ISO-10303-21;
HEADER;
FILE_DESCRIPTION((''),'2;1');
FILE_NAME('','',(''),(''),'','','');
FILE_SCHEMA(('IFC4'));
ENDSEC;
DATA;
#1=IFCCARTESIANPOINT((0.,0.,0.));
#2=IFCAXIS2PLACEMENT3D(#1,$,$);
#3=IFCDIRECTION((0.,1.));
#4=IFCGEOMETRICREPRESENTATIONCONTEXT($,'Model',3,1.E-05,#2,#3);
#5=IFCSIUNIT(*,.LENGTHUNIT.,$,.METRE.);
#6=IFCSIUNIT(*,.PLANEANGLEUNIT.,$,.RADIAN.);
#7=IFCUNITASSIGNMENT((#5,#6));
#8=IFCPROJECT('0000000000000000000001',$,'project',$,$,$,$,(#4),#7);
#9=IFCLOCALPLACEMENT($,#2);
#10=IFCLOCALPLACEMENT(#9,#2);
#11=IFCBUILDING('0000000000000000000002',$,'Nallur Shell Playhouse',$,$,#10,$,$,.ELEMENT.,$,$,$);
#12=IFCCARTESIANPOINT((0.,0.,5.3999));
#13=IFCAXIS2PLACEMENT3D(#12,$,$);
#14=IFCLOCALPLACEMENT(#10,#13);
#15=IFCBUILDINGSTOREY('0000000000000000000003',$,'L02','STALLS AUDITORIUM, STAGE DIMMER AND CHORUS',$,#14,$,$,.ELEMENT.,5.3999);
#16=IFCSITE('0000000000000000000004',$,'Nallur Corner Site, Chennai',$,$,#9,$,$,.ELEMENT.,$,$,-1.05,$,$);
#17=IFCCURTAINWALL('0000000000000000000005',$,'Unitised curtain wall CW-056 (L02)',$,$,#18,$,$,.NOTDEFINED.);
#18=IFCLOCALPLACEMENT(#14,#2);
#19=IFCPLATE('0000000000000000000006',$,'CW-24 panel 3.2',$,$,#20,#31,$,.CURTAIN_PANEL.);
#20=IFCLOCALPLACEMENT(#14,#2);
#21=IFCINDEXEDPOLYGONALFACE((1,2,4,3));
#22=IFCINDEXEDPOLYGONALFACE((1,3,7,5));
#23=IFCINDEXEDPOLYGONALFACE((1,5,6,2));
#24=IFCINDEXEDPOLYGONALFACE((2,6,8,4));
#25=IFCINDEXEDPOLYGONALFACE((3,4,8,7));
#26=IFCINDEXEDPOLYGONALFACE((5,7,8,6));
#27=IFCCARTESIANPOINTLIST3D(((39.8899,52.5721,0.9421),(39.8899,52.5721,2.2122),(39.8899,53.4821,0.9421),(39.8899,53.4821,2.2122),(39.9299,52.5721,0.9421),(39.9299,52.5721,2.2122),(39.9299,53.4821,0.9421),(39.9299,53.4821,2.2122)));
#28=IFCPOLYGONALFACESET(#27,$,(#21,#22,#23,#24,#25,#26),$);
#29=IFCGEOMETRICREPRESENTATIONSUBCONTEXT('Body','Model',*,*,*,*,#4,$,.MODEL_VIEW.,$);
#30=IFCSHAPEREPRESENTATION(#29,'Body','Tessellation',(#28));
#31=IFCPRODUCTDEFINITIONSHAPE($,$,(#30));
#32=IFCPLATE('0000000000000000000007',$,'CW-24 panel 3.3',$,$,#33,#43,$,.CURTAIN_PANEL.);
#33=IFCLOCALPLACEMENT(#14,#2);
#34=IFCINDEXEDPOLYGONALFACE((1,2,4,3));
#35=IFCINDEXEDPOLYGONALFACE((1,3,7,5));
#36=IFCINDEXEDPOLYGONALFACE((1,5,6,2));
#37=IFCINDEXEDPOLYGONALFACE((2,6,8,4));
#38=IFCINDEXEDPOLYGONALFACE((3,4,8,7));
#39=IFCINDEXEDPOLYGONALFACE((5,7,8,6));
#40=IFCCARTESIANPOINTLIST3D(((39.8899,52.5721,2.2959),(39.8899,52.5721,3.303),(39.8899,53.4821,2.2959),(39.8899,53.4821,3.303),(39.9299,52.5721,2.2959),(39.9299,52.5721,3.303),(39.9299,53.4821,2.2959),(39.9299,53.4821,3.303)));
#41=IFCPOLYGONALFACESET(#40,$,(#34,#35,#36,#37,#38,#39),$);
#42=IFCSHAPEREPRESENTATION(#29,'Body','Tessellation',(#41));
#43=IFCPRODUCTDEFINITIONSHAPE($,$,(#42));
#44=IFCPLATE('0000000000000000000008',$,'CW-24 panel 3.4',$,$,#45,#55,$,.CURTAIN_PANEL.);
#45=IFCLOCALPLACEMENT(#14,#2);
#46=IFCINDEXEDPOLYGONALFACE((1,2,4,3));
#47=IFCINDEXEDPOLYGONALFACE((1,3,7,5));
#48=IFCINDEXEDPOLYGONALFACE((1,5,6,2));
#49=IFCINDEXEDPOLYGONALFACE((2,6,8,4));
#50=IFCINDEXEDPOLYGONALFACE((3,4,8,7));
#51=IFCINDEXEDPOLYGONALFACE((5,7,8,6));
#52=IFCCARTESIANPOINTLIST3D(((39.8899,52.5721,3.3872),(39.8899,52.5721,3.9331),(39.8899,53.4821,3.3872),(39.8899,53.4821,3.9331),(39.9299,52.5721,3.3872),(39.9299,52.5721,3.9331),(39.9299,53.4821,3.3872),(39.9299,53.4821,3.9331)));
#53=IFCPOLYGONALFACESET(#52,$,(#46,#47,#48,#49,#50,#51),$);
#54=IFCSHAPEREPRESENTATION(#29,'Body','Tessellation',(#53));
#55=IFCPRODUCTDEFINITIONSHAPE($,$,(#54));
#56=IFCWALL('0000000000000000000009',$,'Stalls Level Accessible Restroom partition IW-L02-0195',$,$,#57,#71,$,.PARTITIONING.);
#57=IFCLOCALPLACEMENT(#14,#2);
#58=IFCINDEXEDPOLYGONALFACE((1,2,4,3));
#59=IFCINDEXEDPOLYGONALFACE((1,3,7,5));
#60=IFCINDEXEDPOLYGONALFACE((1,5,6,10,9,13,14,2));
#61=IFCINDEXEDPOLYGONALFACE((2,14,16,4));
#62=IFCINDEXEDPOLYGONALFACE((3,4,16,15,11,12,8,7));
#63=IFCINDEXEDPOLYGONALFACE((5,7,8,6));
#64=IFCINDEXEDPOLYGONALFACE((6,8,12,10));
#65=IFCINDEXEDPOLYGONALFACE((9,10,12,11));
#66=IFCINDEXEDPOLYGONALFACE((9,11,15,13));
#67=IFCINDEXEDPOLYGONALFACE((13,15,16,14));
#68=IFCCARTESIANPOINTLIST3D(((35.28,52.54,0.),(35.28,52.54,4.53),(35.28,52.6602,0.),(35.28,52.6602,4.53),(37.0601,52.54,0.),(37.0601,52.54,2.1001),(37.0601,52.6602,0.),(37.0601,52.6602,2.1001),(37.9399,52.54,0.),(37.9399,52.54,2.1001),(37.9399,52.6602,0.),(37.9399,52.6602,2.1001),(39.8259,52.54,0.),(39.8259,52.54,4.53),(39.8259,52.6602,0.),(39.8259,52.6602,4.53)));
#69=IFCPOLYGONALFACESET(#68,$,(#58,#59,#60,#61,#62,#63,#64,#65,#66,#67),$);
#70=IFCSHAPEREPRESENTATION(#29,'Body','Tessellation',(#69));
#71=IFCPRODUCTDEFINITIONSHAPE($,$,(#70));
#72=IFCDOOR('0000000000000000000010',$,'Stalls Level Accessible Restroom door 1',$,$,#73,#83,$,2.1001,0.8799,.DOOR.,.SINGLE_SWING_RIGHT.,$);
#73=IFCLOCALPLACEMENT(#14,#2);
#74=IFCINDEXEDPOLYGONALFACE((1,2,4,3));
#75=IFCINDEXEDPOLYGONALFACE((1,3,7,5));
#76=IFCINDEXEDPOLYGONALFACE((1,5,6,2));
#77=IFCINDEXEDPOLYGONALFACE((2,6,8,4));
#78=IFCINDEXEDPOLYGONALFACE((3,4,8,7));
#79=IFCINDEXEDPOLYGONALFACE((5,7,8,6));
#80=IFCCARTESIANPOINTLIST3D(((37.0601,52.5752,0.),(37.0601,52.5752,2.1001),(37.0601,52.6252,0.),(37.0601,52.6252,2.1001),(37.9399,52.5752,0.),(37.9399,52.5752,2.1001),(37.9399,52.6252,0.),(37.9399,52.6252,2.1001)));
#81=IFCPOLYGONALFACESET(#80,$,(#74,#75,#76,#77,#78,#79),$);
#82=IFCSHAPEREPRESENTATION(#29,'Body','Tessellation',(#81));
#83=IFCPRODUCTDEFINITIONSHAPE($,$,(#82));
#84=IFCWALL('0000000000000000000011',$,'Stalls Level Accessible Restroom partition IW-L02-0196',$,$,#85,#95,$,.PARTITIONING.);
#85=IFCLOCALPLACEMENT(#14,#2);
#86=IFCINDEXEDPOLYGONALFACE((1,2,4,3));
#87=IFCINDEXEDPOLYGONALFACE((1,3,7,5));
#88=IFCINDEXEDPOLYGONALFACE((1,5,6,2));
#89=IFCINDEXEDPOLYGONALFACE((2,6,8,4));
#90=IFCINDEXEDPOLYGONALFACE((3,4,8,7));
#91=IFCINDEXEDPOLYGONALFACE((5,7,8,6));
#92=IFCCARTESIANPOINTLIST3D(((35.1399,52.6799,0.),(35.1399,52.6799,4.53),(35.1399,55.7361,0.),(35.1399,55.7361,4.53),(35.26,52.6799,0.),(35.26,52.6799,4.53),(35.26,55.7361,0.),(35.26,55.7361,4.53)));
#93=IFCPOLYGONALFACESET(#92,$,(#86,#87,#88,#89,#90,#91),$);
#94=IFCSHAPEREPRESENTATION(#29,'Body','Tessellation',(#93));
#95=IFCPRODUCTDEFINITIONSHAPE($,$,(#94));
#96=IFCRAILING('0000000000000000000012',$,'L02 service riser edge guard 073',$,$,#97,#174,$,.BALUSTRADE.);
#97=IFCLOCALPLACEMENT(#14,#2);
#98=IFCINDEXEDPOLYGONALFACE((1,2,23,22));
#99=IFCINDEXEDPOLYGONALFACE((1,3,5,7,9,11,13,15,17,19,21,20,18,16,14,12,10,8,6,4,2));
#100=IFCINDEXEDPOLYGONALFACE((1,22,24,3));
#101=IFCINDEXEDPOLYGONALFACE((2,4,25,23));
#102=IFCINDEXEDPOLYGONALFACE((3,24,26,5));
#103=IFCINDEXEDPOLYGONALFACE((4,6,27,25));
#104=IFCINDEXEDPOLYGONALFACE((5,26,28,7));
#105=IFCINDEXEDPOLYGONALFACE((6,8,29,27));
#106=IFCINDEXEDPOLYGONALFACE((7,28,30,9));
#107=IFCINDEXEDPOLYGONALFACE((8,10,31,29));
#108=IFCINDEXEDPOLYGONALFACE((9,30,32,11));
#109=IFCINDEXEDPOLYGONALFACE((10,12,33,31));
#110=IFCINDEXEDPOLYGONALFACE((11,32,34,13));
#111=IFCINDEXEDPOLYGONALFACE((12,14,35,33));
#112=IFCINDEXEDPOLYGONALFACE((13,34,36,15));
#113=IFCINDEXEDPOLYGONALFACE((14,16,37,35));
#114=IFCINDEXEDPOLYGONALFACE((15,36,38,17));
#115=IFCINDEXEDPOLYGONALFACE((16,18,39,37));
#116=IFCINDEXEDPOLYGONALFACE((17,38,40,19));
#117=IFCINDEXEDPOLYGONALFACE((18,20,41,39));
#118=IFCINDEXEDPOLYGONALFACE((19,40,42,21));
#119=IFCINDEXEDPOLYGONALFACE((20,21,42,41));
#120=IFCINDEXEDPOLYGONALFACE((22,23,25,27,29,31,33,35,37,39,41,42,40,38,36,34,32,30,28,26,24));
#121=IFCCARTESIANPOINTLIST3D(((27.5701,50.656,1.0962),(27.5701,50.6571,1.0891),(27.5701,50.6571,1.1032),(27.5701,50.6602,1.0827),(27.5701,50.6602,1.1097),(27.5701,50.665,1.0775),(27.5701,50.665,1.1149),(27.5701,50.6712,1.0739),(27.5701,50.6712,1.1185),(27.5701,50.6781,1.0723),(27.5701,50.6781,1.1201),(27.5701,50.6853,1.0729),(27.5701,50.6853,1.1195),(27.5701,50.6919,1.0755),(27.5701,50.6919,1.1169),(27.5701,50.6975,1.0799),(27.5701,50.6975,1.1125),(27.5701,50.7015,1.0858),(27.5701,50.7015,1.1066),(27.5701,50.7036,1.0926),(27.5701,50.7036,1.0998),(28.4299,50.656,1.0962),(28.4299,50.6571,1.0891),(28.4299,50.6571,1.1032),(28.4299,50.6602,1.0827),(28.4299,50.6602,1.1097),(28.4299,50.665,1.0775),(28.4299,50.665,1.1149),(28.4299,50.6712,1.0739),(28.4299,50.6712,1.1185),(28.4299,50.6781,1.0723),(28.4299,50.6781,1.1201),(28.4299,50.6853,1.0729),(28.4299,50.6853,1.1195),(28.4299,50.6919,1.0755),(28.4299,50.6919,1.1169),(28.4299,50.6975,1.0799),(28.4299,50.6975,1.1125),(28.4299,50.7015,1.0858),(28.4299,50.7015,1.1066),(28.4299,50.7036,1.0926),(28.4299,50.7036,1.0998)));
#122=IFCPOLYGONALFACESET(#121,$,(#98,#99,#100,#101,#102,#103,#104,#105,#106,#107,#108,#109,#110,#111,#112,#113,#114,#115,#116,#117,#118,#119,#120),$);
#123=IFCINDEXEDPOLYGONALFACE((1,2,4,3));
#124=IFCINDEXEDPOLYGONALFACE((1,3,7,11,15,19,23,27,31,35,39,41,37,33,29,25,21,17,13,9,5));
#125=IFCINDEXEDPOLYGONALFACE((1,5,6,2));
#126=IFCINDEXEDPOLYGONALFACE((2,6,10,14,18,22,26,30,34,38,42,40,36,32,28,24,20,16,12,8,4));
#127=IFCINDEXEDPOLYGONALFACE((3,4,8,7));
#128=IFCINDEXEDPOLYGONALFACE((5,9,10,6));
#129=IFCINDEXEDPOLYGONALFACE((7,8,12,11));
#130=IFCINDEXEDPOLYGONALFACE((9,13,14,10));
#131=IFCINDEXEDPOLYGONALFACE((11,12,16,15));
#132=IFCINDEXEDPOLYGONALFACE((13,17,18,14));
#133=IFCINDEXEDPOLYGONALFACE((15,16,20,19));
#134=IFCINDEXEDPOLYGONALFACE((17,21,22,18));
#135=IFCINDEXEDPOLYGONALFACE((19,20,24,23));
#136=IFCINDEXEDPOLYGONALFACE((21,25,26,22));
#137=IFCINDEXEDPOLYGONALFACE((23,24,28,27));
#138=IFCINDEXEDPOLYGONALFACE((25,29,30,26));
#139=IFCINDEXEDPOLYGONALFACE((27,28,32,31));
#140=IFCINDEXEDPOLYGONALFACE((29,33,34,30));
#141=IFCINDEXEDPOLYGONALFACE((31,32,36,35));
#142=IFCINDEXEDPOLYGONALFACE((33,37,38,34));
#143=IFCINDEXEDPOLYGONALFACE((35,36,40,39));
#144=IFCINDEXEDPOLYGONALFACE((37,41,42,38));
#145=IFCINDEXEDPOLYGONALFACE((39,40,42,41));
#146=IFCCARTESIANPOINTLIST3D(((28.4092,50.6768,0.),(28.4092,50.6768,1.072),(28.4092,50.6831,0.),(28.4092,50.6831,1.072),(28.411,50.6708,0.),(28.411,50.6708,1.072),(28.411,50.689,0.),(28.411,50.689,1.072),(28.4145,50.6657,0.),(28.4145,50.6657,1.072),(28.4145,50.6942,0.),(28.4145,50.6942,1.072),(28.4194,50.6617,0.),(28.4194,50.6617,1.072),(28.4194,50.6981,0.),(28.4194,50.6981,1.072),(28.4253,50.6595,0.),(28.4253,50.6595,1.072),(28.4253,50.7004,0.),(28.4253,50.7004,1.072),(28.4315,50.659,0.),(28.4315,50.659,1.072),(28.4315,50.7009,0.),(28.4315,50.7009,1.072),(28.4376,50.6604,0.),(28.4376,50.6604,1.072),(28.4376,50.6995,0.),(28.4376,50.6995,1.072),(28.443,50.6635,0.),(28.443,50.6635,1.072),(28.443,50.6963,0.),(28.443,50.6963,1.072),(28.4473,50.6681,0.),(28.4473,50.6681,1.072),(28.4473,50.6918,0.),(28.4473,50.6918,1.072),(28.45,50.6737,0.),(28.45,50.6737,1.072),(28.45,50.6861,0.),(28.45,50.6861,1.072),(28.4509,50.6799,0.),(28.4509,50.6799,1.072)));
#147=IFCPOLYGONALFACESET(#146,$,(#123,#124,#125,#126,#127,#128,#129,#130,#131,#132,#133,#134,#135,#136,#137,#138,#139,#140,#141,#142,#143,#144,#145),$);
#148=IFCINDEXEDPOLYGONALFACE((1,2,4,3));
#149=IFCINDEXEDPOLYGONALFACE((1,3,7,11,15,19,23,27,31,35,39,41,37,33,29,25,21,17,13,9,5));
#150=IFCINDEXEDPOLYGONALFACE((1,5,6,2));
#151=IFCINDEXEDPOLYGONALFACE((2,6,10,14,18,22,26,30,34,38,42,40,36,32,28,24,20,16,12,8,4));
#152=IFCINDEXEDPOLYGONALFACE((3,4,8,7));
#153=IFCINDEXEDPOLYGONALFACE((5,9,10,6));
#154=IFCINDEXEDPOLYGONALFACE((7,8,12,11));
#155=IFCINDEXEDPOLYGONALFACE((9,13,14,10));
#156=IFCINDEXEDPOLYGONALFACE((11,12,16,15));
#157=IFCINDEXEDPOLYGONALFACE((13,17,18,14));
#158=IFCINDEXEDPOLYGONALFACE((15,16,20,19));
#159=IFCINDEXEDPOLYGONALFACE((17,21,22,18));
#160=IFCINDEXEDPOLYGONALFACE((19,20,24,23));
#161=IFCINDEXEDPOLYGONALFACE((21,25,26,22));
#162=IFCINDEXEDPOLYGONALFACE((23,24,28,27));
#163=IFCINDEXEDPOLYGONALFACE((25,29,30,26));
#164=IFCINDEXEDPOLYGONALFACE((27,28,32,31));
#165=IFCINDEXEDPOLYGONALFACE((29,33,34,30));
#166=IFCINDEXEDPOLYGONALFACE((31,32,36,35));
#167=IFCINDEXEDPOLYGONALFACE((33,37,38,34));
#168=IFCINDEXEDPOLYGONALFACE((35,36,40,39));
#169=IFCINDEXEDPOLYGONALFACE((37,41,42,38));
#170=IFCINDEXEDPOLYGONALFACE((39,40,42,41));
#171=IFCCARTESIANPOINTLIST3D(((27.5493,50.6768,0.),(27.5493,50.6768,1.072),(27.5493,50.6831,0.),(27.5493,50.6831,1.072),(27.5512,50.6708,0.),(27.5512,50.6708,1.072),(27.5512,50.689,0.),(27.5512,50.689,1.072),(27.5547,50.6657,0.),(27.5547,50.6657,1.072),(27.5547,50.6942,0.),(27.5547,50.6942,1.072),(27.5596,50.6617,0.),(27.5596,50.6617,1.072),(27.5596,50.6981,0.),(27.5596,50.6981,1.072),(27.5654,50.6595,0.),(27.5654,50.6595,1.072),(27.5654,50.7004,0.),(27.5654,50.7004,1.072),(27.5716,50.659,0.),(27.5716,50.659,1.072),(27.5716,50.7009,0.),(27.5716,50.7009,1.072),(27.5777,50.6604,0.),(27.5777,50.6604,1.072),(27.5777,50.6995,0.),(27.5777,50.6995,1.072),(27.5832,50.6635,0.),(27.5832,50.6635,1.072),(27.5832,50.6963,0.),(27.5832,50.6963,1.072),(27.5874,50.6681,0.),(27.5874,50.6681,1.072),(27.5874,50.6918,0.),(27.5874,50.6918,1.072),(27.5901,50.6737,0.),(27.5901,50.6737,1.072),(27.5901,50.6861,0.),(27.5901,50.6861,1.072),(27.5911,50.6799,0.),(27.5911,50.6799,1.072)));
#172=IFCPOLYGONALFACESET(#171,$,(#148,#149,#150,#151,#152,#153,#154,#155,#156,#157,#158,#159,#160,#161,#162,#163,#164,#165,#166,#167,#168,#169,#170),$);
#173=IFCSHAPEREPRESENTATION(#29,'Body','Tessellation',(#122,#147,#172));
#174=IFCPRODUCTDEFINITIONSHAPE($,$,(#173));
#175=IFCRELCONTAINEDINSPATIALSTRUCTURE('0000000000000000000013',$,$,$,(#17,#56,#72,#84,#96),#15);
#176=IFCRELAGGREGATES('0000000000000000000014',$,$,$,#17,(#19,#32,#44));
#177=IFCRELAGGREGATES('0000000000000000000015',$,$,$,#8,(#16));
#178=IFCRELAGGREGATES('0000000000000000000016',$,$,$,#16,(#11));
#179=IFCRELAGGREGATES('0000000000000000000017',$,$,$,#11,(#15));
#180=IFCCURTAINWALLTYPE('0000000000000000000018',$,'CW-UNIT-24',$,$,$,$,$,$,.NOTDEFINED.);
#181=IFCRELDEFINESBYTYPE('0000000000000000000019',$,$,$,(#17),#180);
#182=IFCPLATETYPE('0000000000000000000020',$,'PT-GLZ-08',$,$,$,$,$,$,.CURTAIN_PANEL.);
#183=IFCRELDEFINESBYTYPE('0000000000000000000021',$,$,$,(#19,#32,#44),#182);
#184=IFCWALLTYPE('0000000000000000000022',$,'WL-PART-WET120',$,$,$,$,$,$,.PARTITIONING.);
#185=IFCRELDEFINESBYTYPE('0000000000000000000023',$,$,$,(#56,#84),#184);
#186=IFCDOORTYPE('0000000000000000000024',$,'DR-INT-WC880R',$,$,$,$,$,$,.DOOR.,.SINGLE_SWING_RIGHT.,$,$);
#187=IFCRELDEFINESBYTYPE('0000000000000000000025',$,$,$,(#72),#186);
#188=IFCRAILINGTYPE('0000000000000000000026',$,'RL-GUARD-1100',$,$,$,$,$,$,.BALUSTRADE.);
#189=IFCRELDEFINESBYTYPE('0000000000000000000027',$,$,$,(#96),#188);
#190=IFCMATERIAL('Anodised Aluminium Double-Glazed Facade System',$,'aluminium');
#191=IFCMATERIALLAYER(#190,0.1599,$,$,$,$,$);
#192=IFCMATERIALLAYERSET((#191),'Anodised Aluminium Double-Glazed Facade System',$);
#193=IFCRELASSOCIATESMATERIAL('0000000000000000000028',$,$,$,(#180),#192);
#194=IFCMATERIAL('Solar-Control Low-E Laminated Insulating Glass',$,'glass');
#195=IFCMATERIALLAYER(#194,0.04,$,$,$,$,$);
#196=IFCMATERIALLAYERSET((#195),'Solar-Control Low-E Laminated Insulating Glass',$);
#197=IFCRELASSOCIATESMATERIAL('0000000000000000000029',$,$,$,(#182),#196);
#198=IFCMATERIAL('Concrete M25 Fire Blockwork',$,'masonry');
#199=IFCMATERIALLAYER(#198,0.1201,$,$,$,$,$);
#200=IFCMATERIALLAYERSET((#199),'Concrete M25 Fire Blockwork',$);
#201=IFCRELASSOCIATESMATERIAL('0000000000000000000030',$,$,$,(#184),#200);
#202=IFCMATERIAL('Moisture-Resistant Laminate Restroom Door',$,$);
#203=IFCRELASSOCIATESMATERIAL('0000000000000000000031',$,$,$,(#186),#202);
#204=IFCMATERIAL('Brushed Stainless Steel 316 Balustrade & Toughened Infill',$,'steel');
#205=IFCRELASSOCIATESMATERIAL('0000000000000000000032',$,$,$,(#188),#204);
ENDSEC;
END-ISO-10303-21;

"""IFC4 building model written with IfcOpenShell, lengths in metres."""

from ifc_helpers import new_model, si_unit, direction, frame, frame_2d, origin, origin_2d, place, context, subcontext, project, spatial, rectangle, circle, extrude, material, layer, layer_set, type_object, element, fill, aggregate, save


model = new_model("IFC4")

# Units and contexts
model_context = context("Model", 3, precision=1e-05, world=origin(), true_north=direction((0.0, 1.0)))
body_context = subcontext(model_context, "Body", "Model", "MODEL_VIEW")
ifc_project = project(units=[si_unit("LENGTHUNIT", "METRE"), si_unit("PLANEANGLEUNIT", "RADIAN")], contexts=[model_context])

# Site, building, storey
site_placement = place(None, origin())
site = spatial("IfcSite", under=ifc_project, at=site_placement, Name="Nallur Corner Site, Chennai", CompositionType="ELEMENT", RefElevation=-1.05)
building_placement = place(site_placement, origin())
building = spatial("IfcBuilding", under=site, at=building_placement, Name="Nallur Shell Playhouse", CompositionType="ELEMENT")
storey_placement = place(building_placement, frame((0.0, 0.0, 5.3999)))
storey = spatial("IfcBuildingStorey", under=building, at=storey_placement, Name="L02", Description="STALLS AUDITORIUM, STAGE DIMMER AND CHORUS", CompositionType="ELEMENT", Elevation=5.3999)

# Curtain wall, plates
ifc_material_1 = material(Name="Anodised Aluminium Double-Glazed Facade System", Category="aluminium")
ifc_layer_1 = layer(ifc_material_1, 0.1599)
ifc_layer_set_1 = layer_set([ifc_layer_1], Name="Anodised Aluminium Double-Glazed Facade System")
curtain_wall_type = type_object("IfcCurtainWallType", Name="CW-UNIT-24", PredefinedType="NOTDEFINED", material=ifc_layer_set_1)
curtain_wall_placement = place(storey_placement, origin())
curtain_wall = element("IfcCurtainWall", 1, at=curtain_wall_placement, inside=storey, type_object=curtain_wall_type, Name="Unitised curtain wall CW-056 (L02)", PredefinedType="NOTDEFINED")
ifc_material_2 = material(Name="Solar-Control Low-E Laminated Insulating Glass", Category="glass")
ifc_layer_2 = layer(ifc_material_2, 0.04)
ifc_layer_set_2 = layer_set([ifc_layer_2], Name="Solar-Control Low-E Laminated Insulating Glass")
plate_type = type_object("IfcPlateType", Name="PT-GLZ-08", PredefinedType="CURTAIN_PANEL", material=ifc_layer_set_2)
plate_1_placement = place(storey_placement, frame((39.9099, 53.0271, 0.9421), z_axis=(0.0, 0.0, 1.0), x_axis=(0.0, -1.0, 0.0)))
plate_1 = element("IfcPlate", 2, at=plate_1_placement, type_object=plate_type, Name="CW-24 panel 3.2", PredefinedType="CURTAIN_PANEL", context=body_context, shape_type="SweptSolid", body=[
    extrude(rectangle(XDim=0.9099, YDim=0.04, at=origin_2d()), origin(), (0.0, 0.0, 1.0), 1.27),
])
plate_2_placement = place(storey_placement, frame((39.9099, 53.0271, 2.2959), z_axis=(0.0, 0.0, 1.0), x_axis=(0.0, -1.0, 0.0)))
plate_2 = element("IfcPlate", 3, at=plate_2_placement, type_object=plate_type, Name="CW-24 panel 3.3", PredefinedType="CURTAIN_PANEL", context=body_context, shape_type="SweptSolid", body=[
    extrude(rectangle(XDim=0.9099, YDim=0.04, at=origin_2d()), origin(), (0.0, 0.0, 1.0), 1.0071),
])
plate_3_placement = place(storey_placement, frame((39.9099, 53.0271, 3.3872), z_axis=(0.0, 0.0, 1.0), x_axis=(0.0, -1.0, 0.0)))
plate_3 = element("IfcPlate", 4, at=plate_3_placement, type_object=plate_type, Name="CW-24 panel 3.4", PredefinedType="CURTAIN_PANEL", context=body_context, shape_type="SweptSolid", body=[
    extrude(rectangle(XDim=0.9099, YDim=0.04, at=origin_2d()), origin(), (0.0, 0.0, 1.0), 0.5459),
])
aggregate(curtain_wall, [plate_1, plate_2, plate_3])

# Wall, opening, door
ifc_material_3 = material(Name="Concrete M25 Fire Blockwork", Category="masonry")
ifc_layer_3 = layer(ifc_material_3, 0.1201)
ifc_layer_set_3 = layer_set([ifc_layer_3], Name="Concrete M25 Fire Blockwork")
wall_type = type_object("IfcWallType", Name="WL-PART-WET120", PredefinedType="PARTITIONING", material=ifc_layer_set_3)
wall_1_placement = place(storey_placement, frame((39.8259, 52.6001, 0.0), z_axis=(0.0, 0.0, 1.0), x_axis=(-1.0, 0.0, 0.0)))
wall_1 = element("IfcWall", 5, at=wall_1_placement, inside=storey, type_object=wall_type, Name="Stalls Level Accessible Restroom partition IW-L02-0195", PredefinedType="PARTITIONING", context=body_context, shape_type="SweptSolid", body=[
    extrude(rectangle(XDim=4.5459, YDim=0.1201, at=frame_2d((2.2729, 0.0))), origin(), (0.0, 0.0, 1.0), 4.53),
])
opening_placement = place(wall_1_placement, frame((1.886, 0.0, 0.0)))
opening = element("IfcOpeningElement", 6, at=opening_placement, cuts=wall_1, PredefinedType="OPENING", context=body_context, shape_type="SweptSolid", body=[
    extrude(rectangle(XDim=0.8799, YDim=2.1001, at=frame_2d((0.4399, 1.05))), frame((0.0, 0.0701, 0.0), z_axis=(0.0, -1.0, 0.0), x_axis=(1.0, 0.0, 0.0)), (0.0, 0.0, 1.0), 0.1401),
])
ifc_material_4 = material(Name="Moisture-Resistant Laminate Restroom Door")
door_type = type_object("IfcDoorType", Name="DR-INT-WC880R", OperationType="SINGLE_SWING_RIGHT", PredefinedType="DOOR", material=ifc_material_4)
door_placement = place(opening_placement, origin())
door = element("IfcDoor", 7, at=door_placement, inside=storey, type_object=door_type, Name="Stalls Level Accessible Restroom door 1", OperationType="SINGLE_SWING_RIGHT", OverallHeight=2.1001, OverallWidth=0.8799, PredefinedType="DOOR", context=body_context, shape_type="SweptSolid", body=[
    extrude(rectangle(XDim=0.8799, YDim=2.1001, at=frame_2d((0.4399, 1.05))), frame((0.0, 0.0249, 0.0), z_axis=(0.0, -1.0, 0.0), x_axis=(1.0, 0.0, 0.0)), (0.0, 0.0, 1.0), 0.05),
])
fill(opening, door)

# Wall
wall_2_placement = place(storey_placement, frame((35.2, 52.6799, 0.0), z_axis=(0.0, 0.0, 1.0), x_axis=(0.0, 1.0, 0.0)))
element("IfcWall", 8, at=wall_2_placement, inside=storey, type_object=wall_type, Name="Stalls Level Accessible Restroom partition IW-L02-0196", PredefinedType="PARTITIONING", context=body_context, shape_type="SweptSolid", body=[
    extrude(rectangle(XDim=3.0562, YDim=0.1201, at=frame_2d((1.5281, 0.0))), origin(), (0.0, 0.0, 1.0), 4.53),
])

# Railing
ifc_material_5 = material(Name="Brushed Stainless Steel 316 Balustrade & Toughened Infill", Category="steel")
railing_type = type_object("IfcRailingType", Name="RL-GUARD-1100", PredefinedType="BALUSTRADE", material=ifc_material_5)
railing_placement = place(storey_placement, frame((28.4299, 50.6799, 0.0)))
element("IfcRailing", 9, at=railing_placement, inside=storey, type_object=railing_type, Name="L02 service riser edge guard 073", PredefinedType="BALUSTRADE", context=body_context, shape_type="SweptSolid", body=[
    extrude(circle(Radius=0.0239, at=origin_2d()), frame((0.0, 0.0, 1.0962), z_axis=(-1.0, 0.0, 0.0), x_axis=(0.0, -1.0, 0.0)), (0.0, 0.0, 1.0), 0.8599),
    extrude(circle(Radius=0.021, at=origin_2d()), origin(), (0.0, 0.0, 1.0), 1.072),
    extrude(circle(Radius=0.021, at=origin_2d()), frame((-0.8599, 0.0, 0.0)), (0.0, 0.0, 1.0), 1.072),
])

save(model, "model.ifc")
